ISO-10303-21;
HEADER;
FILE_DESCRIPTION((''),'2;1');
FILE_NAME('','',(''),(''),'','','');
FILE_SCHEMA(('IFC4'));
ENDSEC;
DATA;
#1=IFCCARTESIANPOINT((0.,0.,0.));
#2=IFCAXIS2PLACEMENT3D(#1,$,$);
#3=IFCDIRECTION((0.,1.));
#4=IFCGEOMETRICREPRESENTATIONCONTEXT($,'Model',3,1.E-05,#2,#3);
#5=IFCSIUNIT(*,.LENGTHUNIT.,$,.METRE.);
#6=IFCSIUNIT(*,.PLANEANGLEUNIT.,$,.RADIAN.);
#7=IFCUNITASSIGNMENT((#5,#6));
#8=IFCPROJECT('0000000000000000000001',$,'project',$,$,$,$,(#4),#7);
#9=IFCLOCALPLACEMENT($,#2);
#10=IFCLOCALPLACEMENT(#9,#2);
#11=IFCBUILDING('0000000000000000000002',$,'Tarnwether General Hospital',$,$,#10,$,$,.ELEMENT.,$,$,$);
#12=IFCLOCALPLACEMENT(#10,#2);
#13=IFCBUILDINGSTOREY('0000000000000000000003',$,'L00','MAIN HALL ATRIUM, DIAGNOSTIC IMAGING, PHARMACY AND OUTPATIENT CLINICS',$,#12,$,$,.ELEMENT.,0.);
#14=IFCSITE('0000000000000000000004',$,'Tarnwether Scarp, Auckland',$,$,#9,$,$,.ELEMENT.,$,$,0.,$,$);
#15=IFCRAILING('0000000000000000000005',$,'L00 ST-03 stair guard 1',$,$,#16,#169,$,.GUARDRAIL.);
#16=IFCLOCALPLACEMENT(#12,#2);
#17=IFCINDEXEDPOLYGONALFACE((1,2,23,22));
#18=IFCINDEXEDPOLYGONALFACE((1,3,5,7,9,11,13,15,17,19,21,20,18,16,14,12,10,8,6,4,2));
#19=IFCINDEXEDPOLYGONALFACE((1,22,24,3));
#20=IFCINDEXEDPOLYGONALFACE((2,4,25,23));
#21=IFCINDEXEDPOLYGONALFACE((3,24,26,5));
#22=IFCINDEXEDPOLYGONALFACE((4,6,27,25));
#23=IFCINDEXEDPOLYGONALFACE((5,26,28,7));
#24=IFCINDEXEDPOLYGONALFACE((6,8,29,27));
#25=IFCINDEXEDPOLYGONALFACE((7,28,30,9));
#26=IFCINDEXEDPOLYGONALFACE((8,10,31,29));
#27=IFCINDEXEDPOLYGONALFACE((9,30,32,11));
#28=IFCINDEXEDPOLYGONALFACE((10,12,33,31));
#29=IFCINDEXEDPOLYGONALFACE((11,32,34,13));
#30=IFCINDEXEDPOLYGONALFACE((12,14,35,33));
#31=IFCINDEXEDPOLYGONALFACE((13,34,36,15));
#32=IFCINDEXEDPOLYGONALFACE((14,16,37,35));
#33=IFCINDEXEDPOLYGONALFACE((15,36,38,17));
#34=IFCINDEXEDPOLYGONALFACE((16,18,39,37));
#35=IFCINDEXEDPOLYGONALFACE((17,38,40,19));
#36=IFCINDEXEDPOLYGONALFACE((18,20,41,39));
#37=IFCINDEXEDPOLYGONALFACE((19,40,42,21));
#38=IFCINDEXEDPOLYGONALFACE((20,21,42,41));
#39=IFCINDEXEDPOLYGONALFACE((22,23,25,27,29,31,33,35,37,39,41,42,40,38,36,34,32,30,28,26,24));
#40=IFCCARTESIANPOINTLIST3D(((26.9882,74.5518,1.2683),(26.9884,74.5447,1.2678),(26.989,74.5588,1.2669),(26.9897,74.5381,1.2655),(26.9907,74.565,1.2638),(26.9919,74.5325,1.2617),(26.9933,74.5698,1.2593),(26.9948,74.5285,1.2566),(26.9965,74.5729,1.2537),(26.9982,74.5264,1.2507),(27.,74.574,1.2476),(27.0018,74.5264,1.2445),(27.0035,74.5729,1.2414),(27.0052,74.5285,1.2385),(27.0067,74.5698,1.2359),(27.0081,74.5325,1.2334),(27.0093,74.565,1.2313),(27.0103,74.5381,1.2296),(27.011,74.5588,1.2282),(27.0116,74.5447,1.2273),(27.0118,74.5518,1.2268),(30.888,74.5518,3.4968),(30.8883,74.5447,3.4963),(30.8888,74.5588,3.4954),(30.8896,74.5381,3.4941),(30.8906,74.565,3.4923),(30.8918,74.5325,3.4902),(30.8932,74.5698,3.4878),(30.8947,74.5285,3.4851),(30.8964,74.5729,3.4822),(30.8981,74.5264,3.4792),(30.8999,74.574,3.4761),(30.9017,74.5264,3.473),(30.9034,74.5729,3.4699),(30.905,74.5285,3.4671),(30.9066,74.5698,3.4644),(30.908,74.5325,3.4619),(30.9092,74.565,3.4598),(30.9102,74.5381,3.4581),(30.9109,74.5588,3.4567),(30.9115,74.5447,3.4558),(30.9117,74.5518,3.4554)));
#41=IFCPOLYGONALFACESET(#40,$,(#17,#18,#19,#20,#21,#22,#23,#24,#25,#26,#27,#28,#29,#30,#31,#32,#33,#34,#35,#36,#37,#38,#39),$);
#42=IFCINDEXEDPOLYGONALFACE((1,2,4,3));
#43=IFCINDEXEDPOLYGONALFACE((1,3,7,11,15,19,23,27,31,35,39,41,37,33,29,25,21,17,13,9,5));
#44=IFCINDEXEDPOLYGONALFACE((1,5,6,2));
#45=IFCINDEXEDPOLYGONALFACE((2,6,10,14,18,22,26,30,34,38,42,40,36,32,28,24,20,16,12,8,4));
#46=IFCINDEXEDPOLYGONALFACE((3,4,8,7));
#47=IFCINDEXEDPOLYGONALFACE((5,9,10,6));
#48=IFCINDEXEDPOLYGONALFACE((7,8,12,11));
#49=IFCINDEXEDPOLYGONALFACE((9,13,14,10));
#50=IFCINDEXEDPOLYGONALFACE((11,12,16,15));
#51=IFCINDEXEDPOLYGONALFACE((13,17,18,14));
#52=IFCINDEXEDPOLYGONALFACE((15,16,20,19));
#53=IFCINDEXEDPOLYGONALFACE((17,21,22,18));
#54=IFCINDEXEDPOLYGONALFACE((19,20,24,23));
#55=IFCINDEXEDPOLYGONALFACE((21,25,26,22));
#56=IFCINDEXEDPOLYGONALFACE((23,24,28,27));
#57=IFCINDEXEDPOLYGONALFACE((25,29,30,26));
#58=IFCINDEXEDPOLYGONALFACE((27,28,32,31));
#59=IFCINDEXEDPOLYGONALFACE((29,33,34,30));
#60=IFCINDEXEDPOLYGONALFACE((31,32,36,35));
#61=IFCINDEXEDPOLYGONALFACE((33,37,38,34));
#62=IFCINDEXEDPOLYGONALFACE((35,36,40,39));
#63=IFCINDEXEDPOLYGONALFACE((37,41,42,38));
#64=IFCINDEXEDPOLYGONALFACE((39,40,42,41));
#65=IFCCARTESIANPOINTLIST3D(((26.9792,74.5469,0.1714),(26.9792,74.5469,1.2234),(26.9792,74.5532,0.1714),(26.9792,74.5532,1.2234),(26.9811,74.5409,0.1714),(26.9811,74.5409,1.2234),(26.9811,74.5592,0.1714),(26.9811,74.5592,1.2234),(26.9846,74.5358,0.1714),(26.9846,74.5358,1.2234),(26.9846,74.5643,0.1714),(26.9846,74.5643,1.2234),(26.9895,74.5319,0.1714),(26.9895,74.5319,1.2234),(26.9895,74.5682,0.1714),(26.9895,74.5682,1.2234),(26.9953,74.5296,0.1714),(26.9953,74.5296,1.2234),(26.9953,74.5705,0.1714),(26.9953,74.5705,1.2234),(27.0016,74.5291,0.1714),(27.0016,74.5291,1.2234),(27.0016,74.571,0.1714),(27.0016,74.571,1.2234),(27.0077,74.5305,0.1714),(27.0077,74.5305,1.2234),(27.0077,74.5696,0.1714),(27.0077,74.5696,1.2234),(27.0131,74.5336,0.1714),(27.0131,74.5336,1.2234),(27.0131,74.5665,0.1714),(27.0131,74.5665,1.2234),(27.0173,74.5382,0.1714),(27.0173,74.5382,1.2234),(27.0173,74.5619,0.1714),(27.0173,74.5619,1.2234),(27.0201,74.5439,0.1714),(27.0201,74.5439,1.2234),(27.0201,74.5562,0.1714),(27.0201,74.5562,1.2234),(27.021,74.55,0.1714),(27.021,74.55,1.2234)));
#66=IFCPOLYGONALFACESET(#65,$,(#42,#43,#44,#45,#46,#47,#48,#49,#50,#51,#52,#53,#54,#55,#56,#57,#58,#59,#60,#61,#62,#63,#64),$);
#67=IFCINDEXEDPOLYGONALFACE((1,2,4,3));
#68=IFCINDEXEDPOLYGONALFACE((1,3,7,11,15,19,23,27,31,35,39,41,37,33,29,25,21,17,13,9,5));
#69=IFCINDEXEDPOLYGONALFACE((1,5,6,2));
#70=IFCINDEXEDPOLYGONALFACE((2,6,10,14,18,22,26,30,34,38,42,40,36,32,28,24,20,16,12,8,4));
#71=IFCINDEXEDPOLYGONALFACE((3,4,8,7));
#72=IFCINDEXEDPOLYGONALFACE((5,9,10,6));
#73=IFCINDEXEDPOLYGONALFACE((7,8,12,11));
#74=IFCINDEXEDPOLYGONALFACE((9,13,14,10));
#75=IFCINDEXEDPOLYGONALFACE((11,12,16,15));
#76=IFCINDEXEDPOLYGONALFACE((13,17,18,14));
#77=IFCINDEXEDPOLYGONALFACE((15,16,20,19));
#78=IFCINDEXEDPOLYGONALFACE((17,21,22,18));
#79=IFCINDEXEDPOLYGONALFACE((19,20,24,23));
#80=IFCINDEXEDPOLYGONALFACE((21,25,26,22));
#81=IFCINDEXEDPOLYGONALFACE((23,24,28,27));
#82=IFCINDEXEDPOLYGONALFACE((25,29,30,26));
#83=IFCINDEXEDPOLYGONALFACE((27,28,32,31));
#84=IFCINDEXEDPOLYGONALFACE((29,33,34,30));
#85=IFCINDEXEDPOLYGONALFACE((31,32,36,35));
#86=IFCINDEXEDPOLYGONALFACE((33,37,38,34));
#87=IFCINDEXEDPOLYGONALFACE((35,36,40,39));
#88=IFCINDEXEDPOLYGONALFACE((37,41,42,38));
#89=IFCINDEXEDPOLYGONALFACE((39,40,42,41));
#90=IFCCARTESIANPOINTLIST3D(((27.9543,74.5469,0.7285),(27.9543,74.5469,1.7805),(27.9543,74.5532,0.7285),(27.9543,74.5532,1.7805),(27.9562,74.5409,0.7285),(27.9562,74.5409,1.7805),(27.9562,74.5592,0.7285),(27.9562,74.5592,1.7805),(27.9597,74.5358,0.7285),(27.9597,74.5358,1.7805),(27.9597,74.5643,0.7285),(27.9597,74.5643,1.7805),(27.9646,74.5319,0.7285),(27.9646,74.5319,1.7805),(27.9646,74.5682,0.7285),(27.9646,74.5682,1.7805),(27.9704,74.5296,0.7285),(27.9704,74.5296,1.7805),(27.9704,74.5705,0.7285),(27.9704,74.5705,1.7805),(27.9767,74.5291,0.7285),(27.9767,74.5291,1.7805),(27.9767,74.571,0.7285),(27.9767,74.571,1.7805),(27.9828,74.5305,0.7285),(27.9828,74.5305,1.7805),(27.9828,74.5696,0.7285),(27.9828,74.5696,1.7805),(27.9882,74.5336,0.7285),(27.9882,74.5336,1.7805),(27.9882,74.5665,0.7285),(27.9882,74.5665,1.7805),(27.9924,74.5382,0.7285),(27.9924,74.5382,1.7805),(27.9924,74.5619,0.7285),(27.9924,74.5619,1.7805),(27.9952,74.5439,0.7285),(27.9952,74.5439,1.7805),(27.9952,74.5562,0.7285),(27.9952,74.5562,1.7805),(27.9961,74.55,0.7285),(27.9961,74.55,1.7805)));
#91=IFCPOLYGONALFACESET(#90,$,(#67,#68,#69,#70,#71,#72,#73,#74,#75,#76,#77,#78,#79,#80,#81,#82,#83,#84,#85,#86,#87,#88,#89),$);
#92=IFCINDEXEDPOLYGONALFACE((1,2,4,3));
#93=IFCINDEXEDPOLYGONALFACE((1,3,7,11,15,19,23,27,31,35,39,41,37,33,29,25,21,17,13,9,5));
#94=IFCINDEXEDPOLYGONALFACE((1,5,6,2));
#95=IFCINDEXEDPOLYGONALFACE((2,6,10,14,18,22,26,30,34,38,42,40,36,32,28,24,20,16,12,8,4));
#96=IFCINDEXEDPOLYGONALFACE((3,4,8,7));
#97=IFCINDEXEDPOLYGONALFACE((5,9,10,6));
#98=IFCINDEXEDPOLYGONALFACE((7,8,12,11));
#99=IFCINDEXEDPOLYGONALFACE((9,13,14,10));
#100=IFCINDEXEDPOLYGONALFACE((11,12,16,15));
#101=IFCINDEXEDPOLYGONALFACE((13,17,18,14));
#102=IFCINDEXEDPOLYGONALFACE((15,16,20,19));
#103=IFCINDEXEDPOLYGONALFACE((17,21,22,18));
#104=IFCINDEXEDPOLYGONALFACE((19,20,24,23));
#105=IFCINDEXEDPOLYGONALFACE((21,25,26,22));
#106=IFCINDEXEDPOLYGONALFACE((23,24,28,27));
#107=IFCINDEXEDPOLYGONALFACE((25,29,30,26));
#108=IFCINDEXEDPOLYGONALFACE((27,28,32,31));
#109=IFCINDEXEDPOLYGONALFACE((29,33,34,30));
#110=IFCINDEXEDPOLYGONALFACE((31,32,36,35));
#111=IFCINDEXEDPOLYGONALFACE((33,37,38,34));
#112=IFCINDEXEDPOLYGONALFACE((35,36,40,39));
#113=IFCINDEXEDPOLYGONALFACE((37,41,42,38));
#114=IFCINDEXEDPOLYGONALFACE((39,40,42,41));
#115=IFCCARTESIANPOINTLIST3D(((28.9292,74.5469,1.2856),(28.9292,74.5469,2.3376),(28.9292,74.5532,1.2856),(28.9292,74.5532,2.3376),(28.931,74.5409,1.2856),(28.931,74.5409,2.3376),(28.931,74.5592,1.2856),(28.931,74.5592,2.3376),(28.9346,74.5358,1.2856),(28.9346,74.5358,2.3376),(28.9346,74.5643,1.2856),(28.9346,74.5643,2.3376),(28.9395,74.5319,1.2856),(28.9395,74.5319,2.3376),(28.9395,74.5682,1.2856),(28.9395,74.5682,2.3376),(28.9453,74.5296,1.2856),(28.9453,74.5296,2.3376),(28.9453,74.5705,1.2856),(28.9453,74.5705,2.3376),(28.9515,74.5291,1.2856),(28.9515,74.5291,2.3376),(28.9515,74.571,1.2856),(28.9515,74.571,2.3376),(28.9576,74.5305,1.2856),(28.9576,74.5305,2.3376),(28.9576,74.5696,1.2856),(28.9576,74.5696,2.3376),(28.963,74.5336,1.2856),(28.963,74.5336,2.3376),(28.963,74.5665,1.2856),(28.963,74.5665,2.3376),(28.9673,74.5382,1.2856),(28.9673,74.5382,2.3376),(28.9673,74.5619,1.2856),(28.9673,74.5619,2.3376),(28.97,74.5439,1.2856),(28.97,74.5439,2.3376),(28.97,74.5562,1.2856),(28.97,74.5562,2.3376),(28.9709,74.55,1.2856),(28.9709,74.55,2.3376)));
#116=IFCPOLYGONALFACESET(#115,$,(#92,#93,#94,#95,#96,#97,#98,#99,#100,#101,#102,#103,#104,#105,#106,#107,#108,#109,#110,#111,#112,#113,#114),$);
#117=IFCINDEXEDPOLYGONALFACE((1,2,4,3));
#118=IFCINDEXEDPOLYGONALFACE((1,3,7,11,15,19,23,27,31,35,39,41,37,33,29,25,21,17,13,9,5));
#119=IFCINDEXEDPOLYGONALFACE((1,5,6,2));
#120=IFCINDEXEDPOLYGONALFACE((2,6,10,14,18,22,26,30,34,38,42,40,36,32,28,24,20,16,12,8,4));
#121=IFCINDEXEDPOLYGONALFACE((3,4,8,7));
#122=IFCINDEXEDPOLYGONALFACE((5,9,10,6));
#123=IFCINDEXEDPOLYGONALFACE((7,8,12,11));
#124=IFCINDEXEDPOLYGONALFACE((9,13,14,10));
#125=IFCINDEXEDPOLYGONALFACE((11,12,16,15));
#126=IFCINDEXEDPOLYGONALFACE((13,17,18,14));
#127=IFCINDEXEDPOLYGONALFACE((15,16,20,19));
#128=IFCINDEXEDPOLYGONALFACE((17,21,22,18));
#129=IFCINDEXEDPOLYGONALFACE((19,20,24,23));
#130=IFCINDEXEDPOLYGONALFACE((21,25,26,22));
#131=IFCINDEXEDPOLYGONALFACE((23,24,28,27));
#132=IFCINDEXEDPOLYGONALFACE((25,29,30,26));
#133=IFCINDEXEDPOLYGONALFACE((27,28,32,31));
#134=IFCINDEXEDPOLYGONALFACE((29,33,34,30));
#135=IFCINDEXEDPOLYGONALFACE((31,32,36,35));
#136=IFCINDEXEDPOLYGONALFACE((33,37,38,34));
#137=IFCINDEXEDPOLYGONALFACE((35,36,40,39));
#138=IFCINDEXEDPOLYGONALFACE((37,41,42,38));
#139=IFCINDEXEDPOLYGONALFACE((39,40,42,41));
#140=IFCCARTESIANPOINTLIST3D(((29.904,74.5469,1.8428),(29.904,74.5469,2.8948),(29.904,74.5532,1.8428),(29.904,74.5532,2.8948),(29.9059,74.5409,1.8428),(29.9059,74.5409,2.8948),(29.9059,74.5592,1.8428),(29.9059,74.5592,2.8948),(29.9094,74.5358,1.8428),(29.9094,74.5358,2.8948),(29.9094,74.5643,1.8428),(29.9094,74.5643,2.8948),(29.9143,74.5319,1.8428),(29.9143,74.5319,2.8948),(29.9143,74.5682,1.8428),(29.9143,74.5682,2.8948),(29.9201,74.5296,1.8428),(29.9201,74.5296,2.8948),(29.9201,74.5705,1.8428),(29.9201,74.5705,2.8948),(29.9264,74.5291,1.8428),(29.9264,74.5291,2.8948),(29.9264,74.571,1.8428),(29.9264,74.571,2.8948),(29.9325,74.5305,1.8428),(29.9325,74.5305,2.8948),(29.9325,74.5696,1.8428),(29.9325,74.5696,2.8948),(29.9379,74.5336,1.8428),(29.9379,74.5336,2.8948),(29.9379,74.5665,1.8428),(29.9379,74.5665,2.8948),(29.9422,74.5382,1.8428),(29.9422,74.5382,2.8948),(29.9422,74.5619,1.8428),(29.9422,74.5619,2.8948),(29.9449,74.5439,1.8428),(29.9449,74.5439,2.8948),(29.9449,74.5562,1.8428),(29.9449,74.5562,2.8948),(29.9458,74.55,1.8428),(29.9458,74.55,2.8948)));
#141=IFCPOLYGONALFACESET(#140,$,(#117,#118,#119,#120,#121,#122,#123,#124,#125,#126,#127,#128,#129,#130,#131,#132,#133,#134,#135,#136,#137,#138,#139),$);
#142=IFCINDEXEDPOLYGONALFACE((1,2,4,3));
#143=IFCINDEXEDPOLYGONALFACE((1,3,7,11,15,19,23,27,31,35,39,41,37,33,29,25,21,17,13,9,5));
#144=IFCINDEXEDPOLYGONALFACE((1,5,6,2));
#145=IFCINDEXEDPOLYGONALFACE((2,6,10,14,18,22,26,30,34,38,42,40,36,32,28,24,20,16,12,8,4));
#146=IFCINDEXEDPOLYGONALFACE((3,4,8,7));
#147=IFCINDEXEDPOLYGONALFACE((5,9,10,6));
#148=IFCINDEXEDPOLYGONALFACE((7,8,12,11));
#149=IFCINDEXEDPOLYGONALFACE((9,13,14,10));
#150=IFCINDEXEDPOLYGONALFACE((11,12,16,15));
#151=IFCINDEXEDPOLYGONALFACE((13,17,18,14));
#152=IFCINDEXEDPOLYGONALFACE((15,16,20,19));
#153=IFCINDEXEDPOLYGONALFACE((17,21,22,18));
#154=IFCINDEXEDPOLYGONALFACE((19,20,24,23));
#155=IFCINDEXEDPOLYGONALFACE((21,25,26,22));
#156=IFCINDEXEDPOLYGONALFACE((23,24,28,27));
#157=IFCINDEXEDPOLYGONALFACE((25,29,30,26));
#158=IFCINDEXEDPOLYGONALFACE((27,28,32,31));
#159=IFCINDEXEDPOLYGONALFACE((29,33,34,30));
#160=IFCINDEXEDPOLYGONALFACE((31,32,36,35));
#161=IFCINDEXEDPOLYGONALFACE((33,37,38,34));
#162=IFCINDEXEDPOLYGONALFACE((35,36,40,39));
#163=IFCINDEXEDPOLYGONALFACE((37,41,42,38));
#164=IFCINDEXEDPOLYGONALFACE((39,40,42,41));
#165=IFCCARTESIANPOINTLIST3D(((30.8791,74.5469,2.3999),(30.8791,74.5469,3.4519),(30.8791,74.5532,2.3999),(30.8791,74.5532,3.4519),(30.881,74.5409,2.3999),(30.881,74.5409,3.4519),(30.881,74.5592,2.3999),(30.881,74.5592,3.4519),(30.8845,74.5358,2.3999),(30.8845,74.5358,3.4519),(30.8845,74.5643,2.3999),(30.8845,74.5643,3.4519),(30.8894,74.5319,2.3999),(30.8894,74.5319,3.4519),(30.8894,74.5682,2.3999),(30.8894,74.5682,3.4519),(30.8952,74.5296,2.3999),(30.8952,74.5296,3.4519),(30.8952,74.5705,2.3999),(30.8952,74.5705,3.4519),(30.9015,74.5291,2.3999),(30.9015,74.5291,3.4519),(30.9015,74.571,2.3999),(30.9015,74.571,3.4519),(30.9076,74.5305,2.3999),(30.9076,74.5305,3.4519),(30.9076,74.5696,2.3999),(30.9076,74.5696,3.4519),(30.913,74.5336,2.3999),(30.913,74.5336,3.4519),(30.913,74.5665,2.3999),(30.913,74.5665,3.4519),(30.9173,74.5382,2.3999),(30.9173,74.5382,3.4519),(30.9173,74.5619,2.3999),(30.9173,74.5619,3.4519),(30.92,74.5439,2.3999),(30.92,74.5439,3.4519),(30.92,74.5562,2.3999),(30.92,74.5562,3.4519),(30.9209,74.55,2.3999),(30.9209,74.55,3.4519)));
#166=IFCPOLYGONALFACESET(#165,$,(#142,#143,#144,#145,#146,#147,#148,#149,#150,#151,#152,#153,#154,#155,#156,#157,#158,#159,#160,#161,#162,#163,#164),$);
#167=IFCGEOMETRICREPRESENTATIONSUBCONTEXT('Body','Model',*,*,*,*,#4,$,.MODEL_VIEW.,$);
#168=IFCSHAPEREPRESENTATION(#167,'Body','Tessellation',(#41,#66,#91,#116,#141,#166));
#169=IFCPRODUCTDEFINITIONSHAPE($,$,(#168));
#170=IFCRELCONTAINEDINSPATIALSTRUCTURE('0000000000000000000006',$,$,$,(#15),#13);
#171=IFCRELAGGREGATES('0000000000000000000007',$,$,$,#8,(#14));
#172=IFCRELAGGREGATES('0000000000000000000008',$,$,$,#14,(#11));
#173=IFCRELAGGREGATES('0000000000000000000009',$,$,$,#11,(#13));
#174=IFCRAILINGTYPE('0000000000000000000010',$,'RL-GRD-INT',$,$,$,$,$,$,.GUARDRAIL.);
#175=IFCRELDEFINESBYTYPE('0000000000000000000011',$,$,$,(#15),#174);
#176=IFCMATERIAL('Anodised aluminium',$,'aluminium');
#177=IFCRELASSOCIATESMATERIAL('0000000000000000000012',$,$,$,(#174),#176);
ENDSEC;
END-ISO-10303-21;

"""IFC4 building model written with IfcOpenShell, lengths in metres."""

from ifc_helpers import new_model, si_unit, direction, frame, origin, origin_2d, place, context, subcontext, project, spatial, circle, extrude, material, type_object, element, save


model = new_model("IFC4")

# Units and contexts
model_context = context("Model", 3, precision=1e-05, world=origin(), true_north=direction((0.0, 1.0)))
body_context = subcontext(model_context, "Body", "Model", "MODEL_VIEW")
ifc_project = project(units=[si_unit("LENGTHUNIT", "METRE"), si_unit("PLANEANGLEUNIT", "RADIAN")], contexts=[model_context])

# Site, building, storey
site_placement = place(None, origin())
site = spatial("IfcSite", under=ifc_project, at=site_placement, Name="Tarnwether Scarp, Auckland", CompositionType="ELEMENT", RefElevation=0.0)
building_placement = place(site_placement, origin())
building = spatial("IfcBuilding", under=site, at=building_placement, Name="Tarnwether General Hospital", CompositionType="ELEMENT")
storey_placement = place(building_placement, origin())
storey = spatial("IfcBuildingStorey", under=building, at=storey_placement, Name="L00", Description="MAIN HALL ATRIUM, DIAGNOSTIC IMAGING, PHARMACY AND OUTPATIENT CLINICS", CompositionType="ELEMENT", Elevation=0.0)

# Railing
ifc_material_1 = material(Name="Anodised aluminium", Category="aluminium")
railing_type_1 = type_object("IfcRailingType", Name="RL-GRD-INT", PredefinedType="GUARDRAIL", material=ifc_material_1)
railing_1_placement = place(storey_placement, frame((27.0, 74.55, 0.1714)))
element("IfcRailing", 1, at=railing_1_placement, inside=storey, type_object=railing_type_1, Name="L00 ST-03 stair guard 1", PredefinedType="GUARDRAIL", context=body_context, shape_type="SweptSolid", body=[
    extrude(circle(Radius=0.0239, at=origin_2d()), frame((0.0, 0.0, 1.0762), z_axis=(0.868243, 0.0, 0.496139), x_axis=(0.0, 1.0, 0.0)), (0.0, 0.0, 1.0), 4.4917),
    extrude(circle(Radius=0.021, at=origin_2d()), origin(), (0.0, 0.0, 1.0), 1.052),
    extrude(circle(Radius=0.021, at=origin_2d()), frame((0.9751, 0.0, 0.5571)), (0.0, 0.0, 1.0), 1.052),
    extrude(circle(Radius=0.021, at=origin_2d()), frame((1.95, 0.0, 1.1143)), (0.0, 0.0, 1.0), 1.052),
    extrude(circle(Radius=0.021, at=origin_2d()), frame((2.9248, 0.0, 1.6714)), (0.0, 0.0, 1.0), 1.052),
    extrude(circle(Radius=0.021, at=origin_2d()), frame((3.8999, 0.0, 2.2285)), (0.0, 0.0, 1.0), 1.052),
])

save(model, "model.ifc")
